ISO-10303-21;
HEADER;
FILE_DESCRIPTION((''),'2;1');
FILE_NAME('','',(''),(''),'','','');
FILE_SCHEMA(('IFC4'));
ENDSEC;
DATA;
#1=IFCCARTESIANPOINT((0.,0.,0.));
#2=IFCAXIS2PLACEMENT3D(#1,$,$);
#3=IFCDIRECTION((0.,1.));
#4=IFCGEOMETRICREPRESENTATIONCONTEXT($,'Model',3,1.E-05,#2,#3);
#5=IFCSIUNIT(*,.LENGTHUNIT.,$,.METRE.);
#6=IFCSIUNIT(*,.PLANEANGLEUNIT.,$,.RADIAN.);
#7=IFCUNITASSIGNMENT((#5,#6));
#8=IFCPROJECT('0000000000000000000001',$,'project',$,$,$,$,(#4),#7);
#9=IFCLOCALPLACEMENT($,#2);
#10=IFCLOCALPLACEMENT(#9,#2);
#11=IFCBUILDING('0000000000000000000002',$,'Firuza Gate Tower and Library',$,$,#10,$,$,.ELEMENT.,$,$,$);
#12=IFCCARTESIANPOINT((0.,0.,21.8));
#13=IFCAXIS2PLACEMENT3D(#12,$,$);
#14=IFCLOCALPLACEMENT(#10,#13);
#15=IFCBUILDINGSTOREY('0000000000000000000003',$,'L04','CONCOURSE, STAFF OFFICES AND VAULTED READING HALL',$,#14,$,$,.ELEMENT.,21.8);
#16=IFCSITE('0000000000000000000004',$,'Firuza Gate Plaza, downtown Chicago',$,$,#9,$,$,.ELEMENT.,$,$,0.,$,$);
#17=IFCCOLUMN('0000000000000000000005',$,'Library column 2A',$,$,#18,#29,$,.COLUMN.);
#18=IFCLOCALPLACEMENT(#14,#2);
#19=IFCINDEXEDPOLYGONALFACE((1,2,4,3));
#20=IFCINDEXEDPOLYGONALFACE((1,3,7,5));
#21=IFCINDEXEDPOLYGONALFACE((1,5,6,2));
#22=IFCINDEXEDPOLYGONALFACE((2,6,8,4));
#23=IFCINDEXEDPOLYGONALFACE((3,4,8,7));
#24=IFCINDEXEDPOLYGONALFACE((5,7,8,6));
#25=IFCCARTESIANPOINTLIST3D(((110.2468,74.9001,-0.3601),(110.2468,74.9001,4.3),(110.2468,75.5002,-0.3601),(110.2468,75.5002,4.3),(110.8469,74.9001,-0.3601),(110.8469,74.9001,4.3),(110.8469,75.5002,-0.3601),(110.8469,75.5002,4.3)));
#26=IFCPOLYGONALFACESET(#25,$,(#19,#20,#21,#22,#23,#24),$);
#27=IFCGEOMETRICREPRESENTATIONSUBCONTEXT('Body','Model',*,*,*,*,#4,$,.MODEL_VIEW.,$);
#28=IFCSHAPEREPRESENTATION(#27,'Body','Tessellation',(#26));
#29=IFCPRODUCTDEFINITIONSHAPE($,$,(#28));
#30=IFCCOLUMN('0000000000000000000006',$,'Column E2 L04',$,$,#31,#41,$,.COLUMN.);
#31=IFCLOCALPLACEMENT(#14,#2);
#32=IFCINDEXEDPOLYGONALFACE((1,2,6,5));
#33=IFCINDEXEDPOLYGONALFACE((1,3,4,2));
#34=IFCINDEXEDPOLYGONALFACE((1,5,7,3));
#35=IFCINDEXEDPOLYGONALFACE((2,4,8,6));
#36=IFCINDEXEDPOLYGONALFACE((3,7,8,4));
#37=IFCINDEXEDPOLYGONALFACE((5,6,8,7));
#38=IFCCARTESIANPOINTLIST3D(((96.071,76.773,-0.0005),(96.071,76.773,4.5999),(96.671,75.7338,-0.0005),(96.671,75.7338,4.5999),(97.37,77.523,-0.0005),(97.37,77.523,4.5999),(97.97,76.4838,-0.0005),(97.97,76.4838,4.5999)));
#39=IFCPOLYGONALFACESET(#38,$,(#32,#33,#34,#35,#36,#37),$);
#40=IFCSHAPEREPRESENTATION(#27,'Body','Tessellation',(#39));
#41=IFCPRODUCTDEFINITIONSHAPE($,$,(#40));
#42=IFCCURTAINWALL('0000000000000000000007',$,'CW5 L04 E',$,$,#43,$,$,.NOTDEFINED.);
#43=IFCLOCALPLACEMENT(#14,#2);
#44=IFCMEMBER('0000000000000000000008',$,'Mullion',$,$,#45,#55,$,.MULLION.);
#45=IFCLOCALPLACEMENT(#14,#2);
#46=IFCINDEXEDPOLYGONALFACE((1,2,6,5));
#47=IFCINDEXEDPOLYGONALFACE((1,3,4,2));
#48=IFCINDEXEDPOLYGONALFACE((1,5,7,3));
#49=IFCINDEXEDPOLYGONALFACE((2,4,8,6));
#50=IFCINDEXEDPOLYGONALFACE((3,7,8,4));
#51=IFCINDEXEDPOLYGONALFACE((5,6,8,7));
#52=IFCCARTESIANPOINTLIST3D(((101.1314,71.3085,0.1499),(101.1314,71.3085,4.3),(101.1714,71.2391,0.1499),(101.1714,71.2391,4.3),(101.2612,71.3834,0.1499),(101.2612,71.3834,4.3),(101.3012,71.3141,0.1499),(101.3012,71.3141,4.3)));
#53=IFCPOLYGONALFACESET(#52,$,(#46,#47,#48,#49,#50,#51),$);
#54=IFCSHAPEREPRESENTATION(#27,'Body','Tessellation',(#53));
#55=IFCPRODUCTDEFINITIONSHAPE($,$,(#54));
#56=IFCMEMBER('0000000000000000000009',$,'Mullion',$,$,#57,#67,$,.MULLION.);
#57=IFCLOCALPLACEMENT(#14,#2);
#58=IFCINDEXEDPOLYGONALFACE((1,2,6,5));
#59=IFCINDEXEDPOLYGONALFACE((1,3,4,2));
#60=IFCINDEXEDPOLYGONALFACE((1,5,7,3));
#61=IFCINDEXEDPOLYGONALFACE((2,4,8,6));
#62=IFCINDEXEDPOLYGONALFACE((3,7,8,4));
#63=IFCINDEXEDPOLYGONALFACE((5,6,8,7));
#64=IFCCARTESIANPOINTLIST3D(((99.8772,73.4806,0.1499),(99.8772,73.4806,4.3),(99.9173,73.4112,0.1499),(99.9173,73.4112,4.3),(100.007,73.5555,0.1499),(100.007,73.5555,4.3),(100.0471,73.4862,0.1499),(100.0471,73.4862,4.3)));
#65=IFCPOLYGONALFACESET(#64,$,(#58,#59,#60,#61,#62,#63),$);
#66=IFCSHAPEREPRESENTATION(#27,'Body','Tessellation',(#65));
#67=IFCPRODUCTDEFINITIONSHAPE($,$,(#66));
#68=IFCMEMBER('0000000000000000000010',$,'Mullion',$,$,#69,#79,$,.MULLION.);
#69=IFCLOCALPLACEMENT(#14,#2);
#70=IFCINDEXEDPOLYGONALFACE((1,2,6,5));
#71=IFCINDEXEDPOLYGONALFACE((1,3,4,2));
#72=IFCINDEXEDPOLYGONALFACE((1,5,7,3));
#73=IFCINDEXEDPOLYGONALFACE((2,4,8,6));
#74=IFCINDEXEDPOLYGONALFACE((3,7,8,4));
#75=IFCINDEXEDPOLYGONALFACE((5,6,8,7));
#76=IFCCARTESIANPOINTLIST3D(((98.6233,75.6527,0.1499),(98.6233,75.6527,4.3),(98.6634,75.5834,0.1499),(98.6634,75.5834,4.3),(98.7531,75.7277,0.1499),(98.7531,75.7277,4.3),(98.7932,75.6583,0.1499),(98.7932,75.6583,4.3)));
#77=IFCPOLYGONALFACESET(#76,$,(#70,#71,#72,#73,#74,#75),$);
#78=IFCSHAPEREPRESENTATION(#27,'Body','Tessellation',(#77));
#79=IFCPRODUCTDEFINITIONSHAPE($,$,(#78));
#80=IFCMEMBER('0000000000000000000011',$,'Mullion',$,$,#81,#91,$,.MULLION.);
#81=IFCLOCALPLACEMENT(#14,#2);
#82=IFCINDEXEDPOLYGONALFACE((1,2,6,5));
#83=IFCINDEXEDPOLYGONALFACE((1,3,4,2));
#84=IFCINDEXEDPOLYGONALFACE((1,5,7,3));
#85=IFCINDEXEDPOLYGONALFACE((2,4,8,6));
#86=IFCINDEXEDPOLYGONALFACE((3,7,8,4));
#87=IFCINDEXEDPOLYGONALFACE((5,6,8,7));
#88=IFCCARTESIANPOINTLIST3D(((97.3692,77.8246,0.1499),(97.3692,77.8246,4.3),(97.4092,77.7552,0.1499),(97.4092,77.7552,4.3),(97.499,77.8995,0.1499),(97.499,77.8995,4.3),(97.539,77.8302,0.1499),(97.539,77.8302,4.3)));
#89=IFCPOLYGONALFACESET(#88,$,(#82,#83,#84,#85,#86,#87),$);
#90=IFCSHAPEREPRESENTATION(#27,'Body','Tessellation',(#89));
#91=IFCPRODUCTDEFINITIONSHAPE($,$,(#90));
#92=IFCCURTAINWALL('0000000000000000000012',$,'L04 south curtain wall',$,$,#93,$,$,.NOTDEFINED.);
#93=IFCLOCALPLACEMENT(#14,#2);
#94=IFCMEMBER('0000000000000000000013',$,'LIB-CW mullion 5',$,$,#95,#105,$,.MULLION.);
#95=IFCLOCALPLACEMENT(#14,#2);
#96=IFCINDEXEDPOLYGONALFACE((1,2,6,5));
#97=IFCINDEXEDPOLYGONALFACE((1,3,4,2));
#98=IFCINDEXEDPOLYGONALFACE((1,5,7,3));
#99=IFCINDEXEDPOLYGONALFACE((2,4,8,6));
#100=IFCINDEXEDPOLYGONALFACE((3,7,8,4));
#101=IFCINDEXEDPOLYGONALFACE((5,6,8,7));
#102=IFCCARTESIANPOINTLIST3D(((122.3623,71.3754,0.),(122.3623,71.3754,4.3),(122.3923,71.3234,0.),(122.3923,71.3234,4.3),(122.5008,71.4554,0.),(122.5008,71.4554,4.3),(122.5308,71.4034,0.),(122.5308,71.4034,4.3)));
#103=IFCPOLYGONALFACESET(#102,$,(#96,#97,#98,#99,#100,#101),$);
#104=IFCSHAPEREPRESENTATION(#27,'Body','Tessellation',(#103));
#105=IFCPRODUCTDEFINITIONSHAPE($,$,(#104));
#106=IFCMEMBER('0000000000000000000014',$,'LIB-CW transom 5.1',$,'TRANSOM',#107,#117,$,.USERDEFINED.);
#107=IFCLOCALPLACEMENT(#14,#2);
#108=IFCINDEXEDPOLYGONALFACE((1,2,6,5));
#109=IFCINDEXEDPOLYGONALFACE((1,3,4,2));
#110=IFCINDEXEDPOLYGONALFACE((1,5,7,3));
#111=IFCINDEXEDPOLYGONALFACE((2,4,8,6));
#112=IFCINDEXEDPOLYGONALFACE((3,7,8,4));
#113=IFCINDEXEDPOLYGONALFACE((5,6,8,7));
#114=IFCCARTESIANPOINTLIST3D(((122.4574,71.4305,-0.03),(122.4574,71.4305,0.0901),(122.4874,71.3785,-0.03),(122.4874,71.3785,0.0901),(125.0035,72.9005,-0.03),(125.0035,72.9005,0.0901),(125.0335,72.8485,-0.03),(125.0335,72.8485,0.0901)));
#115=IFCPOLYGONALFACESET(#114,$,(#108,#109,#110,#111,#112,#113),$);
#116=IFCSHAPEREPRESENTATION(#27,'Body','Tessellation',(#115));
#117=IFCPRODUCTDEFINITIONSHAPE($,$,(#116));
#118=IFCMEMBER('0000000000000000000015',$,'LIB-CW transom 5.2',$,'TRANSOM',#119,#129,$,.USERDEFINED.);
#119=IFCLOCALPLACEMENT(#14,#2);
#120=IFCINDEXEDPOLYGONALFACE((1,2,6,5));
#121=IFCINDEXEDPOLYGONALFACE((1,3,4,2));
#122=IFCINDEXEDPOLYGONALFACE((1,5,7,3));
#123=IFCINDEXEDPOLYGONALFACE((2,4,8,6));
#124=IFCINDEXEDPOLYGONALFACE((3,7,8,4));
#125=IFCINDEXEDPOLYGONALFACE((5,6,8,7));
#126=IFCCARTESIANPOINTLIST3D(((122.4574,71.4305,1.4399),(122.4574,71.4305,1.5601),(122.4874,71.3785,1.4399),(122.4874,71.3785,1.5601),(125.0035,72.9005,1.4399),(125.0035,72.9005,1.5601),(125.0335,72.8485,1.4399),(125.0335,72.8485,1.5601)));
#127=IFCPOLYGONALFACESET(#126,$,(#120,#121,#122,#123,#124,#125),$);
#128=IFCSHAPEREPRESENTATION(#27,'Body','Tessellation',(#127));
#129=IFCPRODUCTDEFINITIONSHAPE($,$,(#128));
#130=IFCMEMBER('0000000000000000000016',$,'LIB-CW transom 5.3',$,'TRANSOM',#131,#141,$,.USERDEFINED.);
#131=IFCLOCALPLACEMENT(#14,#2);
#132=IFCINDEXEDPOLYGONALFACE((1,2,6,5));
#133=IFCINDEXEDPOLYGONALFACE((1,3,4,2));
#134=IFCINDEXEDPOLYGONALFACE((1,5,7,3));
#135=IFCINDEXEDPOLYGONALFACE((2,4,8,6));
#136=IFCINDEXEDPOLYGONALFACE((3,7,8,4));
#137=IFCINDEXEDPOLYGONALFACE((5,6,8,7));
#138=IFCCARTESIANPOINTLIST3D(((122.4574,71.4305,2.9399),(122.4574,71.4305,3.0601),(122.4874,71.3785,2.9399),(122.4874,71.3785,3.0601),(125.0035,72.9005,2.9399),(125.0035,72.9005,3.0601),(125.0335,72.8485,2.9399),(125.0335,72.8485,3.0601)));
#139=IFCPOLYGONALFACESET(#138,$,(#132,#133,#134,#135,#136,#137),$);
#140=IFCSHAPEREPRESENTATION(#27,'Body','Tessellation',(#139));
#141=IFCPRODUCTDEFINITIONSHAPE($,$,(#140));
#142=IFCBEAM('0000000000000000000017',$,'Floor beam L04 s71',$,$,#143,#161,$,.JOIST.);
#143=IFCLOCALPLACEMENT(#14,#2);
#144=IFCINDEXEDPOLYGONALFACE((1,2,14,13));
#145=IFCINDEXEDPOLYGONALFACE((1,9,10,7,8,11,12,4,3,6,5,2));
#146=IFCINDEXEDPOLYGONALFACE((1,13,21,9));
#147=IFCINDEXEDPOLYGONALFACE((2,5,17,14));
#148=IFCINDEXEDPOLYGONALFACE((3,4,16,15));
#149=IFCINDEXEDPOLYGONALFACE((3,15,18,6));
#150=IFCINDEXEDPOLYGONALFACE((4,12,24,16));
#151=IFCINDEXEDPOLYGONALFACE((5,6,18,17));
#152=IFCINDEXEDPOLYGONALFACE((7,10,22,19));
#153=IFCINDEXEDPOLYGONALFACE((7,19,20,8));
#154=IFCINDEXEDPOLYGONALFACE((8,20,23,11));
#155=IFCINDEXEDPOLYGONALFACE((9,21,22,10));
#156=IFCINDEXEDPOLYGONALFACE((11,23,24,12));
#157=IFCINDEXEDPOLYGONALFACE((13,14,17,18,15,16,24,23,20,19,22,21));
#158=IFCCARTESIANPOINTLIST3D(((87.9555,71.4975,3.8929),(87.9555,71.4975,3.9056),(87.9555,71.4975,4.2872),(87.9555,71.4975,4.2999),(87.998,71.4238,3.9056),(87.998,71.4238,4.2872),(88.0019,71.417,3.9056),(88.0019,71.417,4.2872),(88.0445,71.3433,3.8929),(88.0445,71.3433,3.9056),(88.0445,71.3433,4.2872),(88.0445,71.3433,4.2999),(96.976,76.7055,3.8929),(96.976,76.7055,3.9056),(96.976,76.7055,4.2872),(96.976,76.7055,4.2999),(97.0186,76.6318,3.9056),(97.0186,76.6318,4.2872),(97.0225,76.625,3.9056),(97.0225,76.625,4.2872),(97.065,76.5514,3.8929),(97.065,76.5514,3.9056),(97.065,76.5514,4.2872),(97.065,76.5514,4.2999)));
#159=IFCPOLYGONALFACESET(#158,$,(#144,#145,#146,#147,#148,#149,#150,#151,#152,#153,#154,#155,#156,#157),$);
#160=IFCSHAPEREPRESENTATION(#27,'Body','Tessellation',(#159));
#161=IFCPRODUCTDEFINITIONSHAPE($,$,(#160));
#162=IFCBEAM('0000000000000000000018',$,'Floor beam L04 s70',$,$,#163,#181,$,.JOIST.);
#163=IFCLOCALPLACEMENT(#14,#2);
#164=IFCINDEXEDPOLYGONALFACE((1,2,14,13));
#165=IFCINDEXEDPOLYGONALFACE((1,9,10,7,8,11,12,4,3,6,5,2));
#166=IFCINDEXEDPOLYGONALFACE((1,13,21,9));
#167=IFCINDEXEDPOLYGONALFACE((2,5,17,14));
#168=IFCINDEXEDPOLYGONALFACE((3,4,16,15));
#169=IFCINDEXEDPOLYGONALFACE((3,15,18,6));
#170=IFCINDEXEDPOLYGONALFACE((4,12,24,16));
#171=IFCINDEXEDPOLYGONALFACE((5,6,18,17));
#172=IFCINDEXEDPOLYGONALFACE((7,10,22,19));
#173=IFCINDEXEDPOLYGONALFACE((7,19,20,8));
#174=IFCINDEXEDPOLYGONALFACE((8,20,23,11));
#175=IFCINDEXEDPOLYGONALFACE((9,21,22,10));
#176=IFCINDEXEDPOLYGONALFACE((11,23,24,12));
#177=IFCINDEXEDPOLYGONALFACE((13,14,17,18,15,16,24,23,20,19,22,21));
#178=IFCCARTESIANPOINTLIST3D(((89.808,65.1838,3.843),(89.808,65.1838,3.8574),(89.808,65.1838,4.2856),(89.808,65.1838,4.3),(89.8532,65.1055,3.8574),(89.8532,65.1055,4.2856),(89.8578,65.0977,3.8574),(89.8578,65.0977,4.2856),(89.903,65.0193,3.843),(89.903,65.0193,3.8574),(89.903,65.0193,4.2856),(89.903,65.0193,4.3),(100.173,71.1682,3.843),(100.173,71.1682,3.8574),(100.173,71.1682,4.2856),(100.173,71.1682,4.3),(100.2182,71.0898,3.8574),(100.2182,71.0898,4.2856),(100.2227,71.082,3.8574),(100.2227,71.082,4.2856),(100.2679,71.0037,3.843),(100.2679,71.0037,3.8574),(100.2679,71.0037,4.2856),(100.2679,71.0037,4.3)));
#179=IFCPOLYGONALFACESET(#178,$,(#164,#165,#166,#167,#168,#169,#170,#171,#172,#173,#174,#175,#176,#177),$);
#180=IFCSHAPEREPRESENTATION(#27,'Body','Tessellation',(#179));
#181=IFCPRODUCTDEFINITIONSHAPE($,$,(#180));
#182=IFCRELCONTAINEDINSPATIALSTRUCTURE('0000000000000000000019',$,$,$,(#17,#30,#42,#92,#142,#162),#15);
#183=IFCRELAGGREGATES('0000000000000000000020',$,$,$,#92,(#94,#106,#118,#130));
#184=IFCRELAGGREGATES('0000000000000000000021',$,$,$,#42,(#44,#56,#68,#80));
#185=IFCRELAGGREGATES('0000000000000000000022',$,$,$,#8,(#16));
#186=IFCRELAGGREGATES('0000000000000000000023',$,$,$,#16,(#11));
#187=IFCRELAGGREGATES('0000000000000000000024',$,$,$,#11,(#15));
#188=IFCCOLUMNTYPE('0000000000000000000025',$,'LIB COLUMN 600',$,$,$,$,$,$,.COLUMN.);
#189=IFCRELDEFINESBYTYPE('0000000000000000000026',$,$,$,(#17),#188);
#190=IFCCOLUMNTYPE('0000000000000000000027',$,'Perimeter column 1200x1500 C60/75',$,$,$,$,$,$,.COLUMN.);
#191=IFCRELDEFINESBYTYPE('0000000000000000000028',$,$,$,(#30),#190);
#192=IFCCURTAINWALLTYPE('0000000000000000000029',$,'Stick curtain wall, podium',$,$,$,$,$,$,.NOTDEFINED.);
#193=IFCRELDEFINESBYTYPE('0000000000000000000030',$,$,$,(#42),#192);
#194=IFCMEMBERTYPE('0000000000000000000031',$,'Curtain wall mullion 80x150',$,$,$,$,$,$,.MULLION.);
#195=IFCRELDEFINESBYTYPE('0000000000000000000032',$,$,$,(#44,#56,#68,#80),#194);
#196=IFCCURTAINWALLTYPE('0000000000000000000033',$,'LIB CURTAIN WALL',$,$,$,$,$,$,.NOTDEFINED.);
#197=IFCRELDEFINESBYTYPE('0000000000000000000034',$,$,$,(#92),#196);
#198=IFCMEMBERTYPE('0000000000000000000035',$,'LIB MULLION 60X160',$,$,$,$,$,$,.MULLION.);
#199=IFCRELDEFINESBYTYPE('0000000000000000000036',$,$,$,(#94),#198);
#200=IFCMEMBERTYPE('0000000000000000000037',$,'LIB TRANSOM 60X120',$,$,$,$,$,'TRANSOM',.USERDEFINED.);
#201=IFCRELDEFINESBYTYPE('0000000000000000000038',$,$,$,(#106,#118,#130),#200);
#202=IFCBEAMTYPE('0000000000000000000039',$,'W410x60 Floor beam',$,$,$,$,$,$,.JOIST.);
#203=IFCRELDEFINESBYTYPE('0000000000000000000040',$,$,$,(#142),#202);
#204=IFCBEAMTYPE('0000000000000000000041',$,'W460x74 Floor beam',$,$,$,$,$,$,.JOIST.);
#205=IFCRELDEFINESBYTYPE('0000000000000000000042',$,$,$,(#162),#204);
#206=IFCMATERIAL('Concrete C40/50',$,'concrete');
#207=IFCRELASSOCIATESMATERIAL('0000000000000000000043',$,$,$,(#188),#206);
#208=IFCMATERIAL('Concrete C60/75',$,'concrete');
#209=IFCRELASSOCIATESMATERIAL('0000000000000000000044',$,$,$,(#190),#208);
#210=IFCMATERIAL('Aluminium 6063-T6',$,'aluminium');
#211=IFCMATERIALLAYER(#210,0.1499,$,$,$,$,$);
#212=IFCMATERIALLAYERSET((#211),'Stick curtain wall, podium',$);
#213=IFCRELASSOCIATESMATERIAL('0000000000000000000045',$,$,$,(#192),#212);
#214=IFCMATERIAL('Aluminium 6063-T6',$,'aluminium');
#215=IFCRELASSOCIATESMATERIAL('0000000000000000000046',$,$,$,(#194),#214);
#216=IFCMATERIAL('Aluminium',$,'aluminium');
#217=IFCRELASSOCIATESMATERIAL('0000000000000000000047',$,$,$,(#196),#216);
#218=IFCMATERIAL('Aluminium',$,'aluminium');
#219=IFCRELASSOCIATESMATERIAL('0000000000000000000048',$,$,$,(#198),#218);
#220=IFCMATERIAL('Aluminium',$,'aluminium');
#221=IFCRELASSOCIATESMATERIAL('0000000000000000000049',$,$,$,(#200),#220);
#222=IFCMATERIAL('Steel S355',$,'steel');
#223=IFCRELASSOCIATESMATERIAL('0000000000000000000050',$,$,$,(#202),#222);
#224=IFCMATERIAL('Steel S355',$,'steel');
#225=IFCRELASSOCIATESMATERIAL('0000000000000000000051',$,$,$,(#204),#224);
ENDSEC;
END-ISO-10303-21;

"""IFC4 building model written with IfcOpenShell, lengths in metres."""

from ifc_helpers import new_model, si_unit, direction, frame, origin, origin_2d, place, context, subcontext, project, spatial, rectangle, i_section, extrude, material, layer, layer_set, material_profile, profile_set, type_object, element, aggregate, save


model = new_model("IFC4")

# Units and contexts
model_context = context("Model", 3, precision=1e-05, world=origin(), true_north=direction((0.0, 1.0)))
body_context = subcontext(model_context, "Body", "Model", "MODEL_VIEW")
ifc_project = project(units=[si_unit("LENGTHUNIT", "METRE"), si_unit("PLANEANGLEUNIT", "RADIAN")], contexts=[model_context])

# Site, building, storey
site_placement = place(None, origin())
site = spatial("IfcSite", under=ifc_project, at=site_placement, Name="Firuza Gate Plaza, downtown Chicago", CompositionType="ELEMENT", RefElevation=0.0)
building_placement = place(site_placement, origin())
building = spatial("IfcBuilding", under=site, at=building_placement, Name="Firuza Gate Tower and Library", CompositionType="ELEMENT")
storey_placement = place(building_placement, frame((0.0, 0.0, 21.8)))
storey = spatial("IfcBuildingStorey", under=building, at=storey_placement, Name="L04", Description="CONCOURSE, STAFF OFFICES AND VAULTED READING HALL", CompositionType="ELEMENT", Elevation=21.8)

# Columns
ifc_material_1 = material(Name="Concrete C40/50", Category="concrete")
ifc_material_profile_1 = material_profile(ifc_material_1, rectangle(XDim=0.6001, YDim=0.6001, at=origin_2d()))
ifc_profile_set_1 = profile_set([ifc_material_profile_1], Name="Concrete C40/50")
column_type_1 = type_object("IfcColumnType", Name="LIB COLUMN 600", PredefinedType="COLUMN", material=ifc_profile_set_1)
column_1_placement = place(storey_placement, frame((110.5469, 75.2002, -0.3601), z_axis=(0.0, 0.0, 1.0), x_axis=(1.0, 0.0, 0.0)))
element("IfcColumn", 1, at=column_1_placement, inside=storey, type_object=column_type_1, Name="Library column 2A", PredefinedType="COLUMN", context=body_context, shape_type="SweptSolid", body=[
    extrude(rectangle(XDim=0.6001, YDim=0.6001, at=origin_2d()), origin(), (0.0, 0.0, 1.0), 4.6602),
])
ifc_material_2 = material(Name="Concrete C60/75", Category="concrete")
ifc_material_profile_2 = material_profile(ifc_material_2, rectangle(XDim=1.2, YDim=1.5, at=origin_2d()))
ifc_profile_set_2 = profile_set([ifc_material_profile_2], Name="Concrete C60/75")
column_type_2 = type_object("IfcColumnType", Name="Perimeter column 1200x1500 C60/75", PredefinedType="COLUMN", material=ifc_profile_set_2)
column_2_placement = place(storey_placement, frame((97.0205, 76.6284, -0.0005), z_axis=(0.0, 0.0, 1.0), x_axis=(-0.5, 0.866025, 0.0)))
element("IfcColumn", 2, at=column_2_placement, inside=storey, type_object=column_type_2, Name="Column E2 L04", PredefinedType="COLUMN", context=body_context, shape_type="SweptSolid", body=[
    extrude(rectangle(XDim=1.2, YDim=1.5, at=origin_2d()), origin(), (0.0, 0.0, 1.0), 4.6003),
])

# Curtain walls, members
ifc_material_3 = material(Name="Aluminium 6063-T6", Category="aluminium")
ifc_layer_1 = layer(ifc_material_3, 0.1499)
ifc_layer_set_1 = layer_set([ifc_layer_1], Name="Stick curtain wall, podium")
curtain_wall_type_1 = type_object("IfcCurtainWallType", Name="Stick curtain wall, podium", PredefinedType="NOTDEFINED", material=ifc_layer_set_1)
placement = place(storey_placement, origin())
curtain_wall_1 = element("IfcCurtainWall", 3, at=placement, inside=storey, type_object=curtain_wall_type_1, Name="CW5 L04 E", PredefinedType="NOTDEFINED")
ifc_material_4 = material(Name="Aluminium 6063-T6", Category="aluminium")
ifc_material_profile_3 = material_profile(ifc_material_4, rectangle(XDim=0.1499, YDim=0.0801, at=origin_2d()))
ifc_profile_set_3 = profile_set([ifc_material_profile_3], Name="Aluminium 6063-T6")
member_type_1 = type_object("IfcMemberType", Name="Curtain wall mullion 80x150", PredefinedType="MULLION", material=ifc_profile_set_3)
member_1_placement = place(storey_placement, frame((101.2163, 71.3113, 0.1499), z_axis=(0.0, 0.0, 1.0), x_axis=(-0.866025, -0.5, 0.0)))
member_1 = element("IfcMember", 4, at=member_1_placement, type_object=member_type_1, Name="Mullion", PredefinedType="MULLION", context=body_context, shape_type="SweptSolid", body=[
    extrude(rectangle(XDim=0.1499, YDim=0.0801, at=origin_2d()), origin(), (0.0, 0.0, 1.0), 4.1501),
])
member_2_placement = place(storey_placement, frame((99.9622, 73.4834, 0.1499), z_axis=(0.0, 0.0, 1.0), x_axis=(-0.866025, -0.5, 0.0)))
member_2 = element("IfcMember", 5, at=member_2_placement, type_object=member_type_1, Name="Mullion", PredefinedType="MULLION", context=body_context, shape_type="SweptSolid", body=[
    extrude(rectangle(XDim=0.1499, YDim=0.0801, at=origin_2d()), origin(), (0.0, 0.0, 1.0), 4.1501),
])
member_3_placement = place(storey_placement, frame((98.7083, 75.6555, 0.1499), z_axis=(0.0, 0.0, 1.0), x_axis=(-0.866025, -0.5, 0.0)))
member_3 = element("IfcMember", 6, at=member_3_placement, type_object=member_type_1, Name="Mullion", PredefinedType="MULLION", context=body_context, shape_type="SweptSolid", body=[
    extrude(rectangle(XDim=0.1499, YDim=0.0801, at=origin_2d()), origin(), (0.0, 0.0, 1.0), 4.1501),
])
member_4_placement = place(storey_placement, frame((97.4541, 77.8274, 0.1499), z_axis=(0.0, 0.0, 1.0), x_axis=(-0.866025, -0.5, 0.0)))
member_4 = element("IfcMember", 7, at=member_4_placement, type_object=member_type_1, Name="Mullion", PredefinedType="MULLION", context=body_context, shape_type="SweptSolid", body=[
    extrude(rectangle(XDim=0.1499, YDim=0.0801, at=origin_2d()), origin(), (0.0, 0.0, 1.0), 4.1501),
])
ifc_material_5 = material(Name="Aluminium", Category="aluminium")
curtain_wall_type_2 = type_object("IfcCurtainWallType", Name="LIB CURTAIN WALL", PredefinedType="NOTDEFINED", material=ifc_material_5)
curtain_wall_2 = element("IfcCurtainWall", 8, at=placement, inside=storey, type_object=curtain_wall_type_2, Name="L04 south curtain wall", PredefinedType="NOTDEFINED")
ifc_material_6 = material(Name="Aluminium", Category="aluminium")
ifc_material_profile_4 = material_profile(ifc_material_6, rectangle(XDim=0.0601, YDim=0.1599, at=origin_2d()))
ifc_profile_set_4 = profile_set([ifc_material_profile_4], Name="Aluminium")
member_type_2 = type_object("IfcMemberType", Name="LIB MULLION 60X160", PredefinedType="MULLION", material=ifc_profile_set_4)
member_5_placement = place(storey_placement, frame((122.4465, 71.3894, 0.0), z_axis=(0.0, 0.0, 1.0), x_axis=(-0.500001, 0.866025, 0.0)))
member_5 = element("IfcMember", 9, at=member_5_placement, type_object=member_type_2, Name="LIB-CW mullion 5", PredefinedType="MULLION", context=body_context, shape_type="SweptSolid", body=[
    extrude(rectangle(XDim=0.0601, YDim=0.1599, at=origin_2d()), origin(), (0.0, 0.0, 1.0), 4.3),
])
ifc_material_7 = material(Name="Aluminium", Category="aluminium")
ifc_material_profile_5 = material_profile(ifc_material_7, rectangle(XDim=0.0601, YDim=0.1201, at=origin_2d()))
ifc_profile_set_5 = profile_set([ifc_material_profile_5], Name="Aluminium")
member_type_3 = type_object("IfcMemberType", Name="LIB TRANSOM 60X120", ElementType="TRANSOM", PredefinedType="USERDEFINED", material=ifc_profile_set_5)
member_6_placement = place(storey_placement, frame((122.4724, 71.4045, 0.03), z_axis=(0.866032, 0.499988, 0.0), x_axis=(-0.499988, 0.866032, 0.0)))
member_6 = element("IfcMember", 10, at=member_6_placement, type_object=member_type_3, Name="LIB-CW transom 5.1", ObjectType="TRANSOM", PredefinedType="USERDEFINED", context=body_context, shape_type="SweptSolid", body=[
    extrude(rectangle(XDim=0.0601, YDim=0.1201, at=origin_2d()), origin(), (0.0, 0.0, 1.0), 2.9399),
])
member_7_placement = place(storey_placement, frame((122.4724, 71.4045, 1.5), z_axis=(0.866032, 0.499988, 0.0), x_axis=(-0.499988, 0.866032, 0.0)))
member_7 = element("IfcMember", 11, at=member_7_placement, type_object=member_type_3, Name="LIB-CW transom 5.2", ObjectType="TRANSOM", PredefinedType="USERDEFINED", context=body_context, shape_type="SweptSolid", body=[
    extrude(rectangle(XDim=0.0601, YDim=0.1201, at=origin_2d()), origin(), (0.0, 0.0, 1.0), 2.9399),
])
member_8_placement = place(storey_placement, frame((122.4724, 71.4045, 3.0), z_axis=(0.866032, 0.499988, 0.0), x_axis=(-0.499988, 0.866032, 0.0)))
member_8 = element("IfcMember", 12, at=member_8_placement, type_object=member_type_3, Name="LIB-CW transom 5.3", ObjectType="TRANSOM", PredefinedType="USERDEFINED", context=body_context, shape_type="SweptSolid", body=[
    extrude(rectangle(XDim=0.0601, YDim=0.1201, at=origin_2d()), origin(), (0.0, 0.0, 1.0), 2.9399),
])
aggregate(curtain_wall_2, [member_5, member_6, member_7, member_8])

# Beams
ifc_material_8 = material(Name="Steel S355", Category="steel")
ifc_material_profile_6 = material_profile(ifc_material_8, i_section(OverallWidth=0.178, OverallDepth=0.407, WebThickness=0.0078, FlangeThickness=0.0127, at=origin_2d()))
ifc_profile_set_6 = profile_set([ifc_material_profile_6], Name="Steel S355")
beam_type_1 = type_object("IfcBeamType", Name="W410x60 Floor beam", PredefinedType="JOIST", material=ifc_profile_set_6)
beam_1_placement = place(storey_placement, frame((97.0205, 76.6284, 4.0964), z_axis=(-0.866025, -0.500001, 0.0), x_axis=(0.500001, -0.866025, 0.0)))
element("IfcBeam", 13, at=beam_1_placement, inside=storey, type_object=beam_type_1, Name="Floor beam L04 s71", PredefinedType="JOIST", context=body_context, shape_type="SweptSolid", body=[
    extrude(i_section(OverallWidth=0.178, OverallDepth=0.407, WebThickness=0.0078, FlangeThickness=0.0127, at=origin_2d()), origin(), (0.0, 0.0, 1.0), 10.416),
])
ifc_material_9 = material(Name="Steel S355", Category="steel")
ifc_material_profile_7 = material_profile(ifc_material_9, i_section(OverallWidth=0.1899, OverallDepth=0.457, WebThickness=0.009, FlangeThickness=0.0144, at=origin_2d()))
ifc_profile_set_7 = profile_set([ifc_material_profile_7], Name="Steel S355")
beam_type_2 = type_object("IfcBeamType", Name="W460x74 Floor beam", PredefinedType="JOIST", material=ifc_profile_set_7)
beam_2_placement = place(storey_placement, frame((100.2205, 71.0859, 4.0715), z_axis=(-0.86602, -0.500009, 0.0), x_axis=(0.500009, -0.86602, 0.0)))
element("IfcBeam", 14, at=beam_2_placement, inside=storey, type_object=beam_type_2, Name="Floor beam L04 s70", PredefinedType="JOIST", context=body_context, shape_type="SweptSolid", body=[
    extrude(i_section(OverallWidth=0.1899, OverallDepth=0.457, WebThickness=0.009, FlangeThickness=0.0144, at=origin_2d()), origin(), (0.0, 0.0, 1.0), 11.9685),
])

aggregate(curtain_wall_1, [member_1, member_2, member_3, member_4])

save(model, "model.ifc")
